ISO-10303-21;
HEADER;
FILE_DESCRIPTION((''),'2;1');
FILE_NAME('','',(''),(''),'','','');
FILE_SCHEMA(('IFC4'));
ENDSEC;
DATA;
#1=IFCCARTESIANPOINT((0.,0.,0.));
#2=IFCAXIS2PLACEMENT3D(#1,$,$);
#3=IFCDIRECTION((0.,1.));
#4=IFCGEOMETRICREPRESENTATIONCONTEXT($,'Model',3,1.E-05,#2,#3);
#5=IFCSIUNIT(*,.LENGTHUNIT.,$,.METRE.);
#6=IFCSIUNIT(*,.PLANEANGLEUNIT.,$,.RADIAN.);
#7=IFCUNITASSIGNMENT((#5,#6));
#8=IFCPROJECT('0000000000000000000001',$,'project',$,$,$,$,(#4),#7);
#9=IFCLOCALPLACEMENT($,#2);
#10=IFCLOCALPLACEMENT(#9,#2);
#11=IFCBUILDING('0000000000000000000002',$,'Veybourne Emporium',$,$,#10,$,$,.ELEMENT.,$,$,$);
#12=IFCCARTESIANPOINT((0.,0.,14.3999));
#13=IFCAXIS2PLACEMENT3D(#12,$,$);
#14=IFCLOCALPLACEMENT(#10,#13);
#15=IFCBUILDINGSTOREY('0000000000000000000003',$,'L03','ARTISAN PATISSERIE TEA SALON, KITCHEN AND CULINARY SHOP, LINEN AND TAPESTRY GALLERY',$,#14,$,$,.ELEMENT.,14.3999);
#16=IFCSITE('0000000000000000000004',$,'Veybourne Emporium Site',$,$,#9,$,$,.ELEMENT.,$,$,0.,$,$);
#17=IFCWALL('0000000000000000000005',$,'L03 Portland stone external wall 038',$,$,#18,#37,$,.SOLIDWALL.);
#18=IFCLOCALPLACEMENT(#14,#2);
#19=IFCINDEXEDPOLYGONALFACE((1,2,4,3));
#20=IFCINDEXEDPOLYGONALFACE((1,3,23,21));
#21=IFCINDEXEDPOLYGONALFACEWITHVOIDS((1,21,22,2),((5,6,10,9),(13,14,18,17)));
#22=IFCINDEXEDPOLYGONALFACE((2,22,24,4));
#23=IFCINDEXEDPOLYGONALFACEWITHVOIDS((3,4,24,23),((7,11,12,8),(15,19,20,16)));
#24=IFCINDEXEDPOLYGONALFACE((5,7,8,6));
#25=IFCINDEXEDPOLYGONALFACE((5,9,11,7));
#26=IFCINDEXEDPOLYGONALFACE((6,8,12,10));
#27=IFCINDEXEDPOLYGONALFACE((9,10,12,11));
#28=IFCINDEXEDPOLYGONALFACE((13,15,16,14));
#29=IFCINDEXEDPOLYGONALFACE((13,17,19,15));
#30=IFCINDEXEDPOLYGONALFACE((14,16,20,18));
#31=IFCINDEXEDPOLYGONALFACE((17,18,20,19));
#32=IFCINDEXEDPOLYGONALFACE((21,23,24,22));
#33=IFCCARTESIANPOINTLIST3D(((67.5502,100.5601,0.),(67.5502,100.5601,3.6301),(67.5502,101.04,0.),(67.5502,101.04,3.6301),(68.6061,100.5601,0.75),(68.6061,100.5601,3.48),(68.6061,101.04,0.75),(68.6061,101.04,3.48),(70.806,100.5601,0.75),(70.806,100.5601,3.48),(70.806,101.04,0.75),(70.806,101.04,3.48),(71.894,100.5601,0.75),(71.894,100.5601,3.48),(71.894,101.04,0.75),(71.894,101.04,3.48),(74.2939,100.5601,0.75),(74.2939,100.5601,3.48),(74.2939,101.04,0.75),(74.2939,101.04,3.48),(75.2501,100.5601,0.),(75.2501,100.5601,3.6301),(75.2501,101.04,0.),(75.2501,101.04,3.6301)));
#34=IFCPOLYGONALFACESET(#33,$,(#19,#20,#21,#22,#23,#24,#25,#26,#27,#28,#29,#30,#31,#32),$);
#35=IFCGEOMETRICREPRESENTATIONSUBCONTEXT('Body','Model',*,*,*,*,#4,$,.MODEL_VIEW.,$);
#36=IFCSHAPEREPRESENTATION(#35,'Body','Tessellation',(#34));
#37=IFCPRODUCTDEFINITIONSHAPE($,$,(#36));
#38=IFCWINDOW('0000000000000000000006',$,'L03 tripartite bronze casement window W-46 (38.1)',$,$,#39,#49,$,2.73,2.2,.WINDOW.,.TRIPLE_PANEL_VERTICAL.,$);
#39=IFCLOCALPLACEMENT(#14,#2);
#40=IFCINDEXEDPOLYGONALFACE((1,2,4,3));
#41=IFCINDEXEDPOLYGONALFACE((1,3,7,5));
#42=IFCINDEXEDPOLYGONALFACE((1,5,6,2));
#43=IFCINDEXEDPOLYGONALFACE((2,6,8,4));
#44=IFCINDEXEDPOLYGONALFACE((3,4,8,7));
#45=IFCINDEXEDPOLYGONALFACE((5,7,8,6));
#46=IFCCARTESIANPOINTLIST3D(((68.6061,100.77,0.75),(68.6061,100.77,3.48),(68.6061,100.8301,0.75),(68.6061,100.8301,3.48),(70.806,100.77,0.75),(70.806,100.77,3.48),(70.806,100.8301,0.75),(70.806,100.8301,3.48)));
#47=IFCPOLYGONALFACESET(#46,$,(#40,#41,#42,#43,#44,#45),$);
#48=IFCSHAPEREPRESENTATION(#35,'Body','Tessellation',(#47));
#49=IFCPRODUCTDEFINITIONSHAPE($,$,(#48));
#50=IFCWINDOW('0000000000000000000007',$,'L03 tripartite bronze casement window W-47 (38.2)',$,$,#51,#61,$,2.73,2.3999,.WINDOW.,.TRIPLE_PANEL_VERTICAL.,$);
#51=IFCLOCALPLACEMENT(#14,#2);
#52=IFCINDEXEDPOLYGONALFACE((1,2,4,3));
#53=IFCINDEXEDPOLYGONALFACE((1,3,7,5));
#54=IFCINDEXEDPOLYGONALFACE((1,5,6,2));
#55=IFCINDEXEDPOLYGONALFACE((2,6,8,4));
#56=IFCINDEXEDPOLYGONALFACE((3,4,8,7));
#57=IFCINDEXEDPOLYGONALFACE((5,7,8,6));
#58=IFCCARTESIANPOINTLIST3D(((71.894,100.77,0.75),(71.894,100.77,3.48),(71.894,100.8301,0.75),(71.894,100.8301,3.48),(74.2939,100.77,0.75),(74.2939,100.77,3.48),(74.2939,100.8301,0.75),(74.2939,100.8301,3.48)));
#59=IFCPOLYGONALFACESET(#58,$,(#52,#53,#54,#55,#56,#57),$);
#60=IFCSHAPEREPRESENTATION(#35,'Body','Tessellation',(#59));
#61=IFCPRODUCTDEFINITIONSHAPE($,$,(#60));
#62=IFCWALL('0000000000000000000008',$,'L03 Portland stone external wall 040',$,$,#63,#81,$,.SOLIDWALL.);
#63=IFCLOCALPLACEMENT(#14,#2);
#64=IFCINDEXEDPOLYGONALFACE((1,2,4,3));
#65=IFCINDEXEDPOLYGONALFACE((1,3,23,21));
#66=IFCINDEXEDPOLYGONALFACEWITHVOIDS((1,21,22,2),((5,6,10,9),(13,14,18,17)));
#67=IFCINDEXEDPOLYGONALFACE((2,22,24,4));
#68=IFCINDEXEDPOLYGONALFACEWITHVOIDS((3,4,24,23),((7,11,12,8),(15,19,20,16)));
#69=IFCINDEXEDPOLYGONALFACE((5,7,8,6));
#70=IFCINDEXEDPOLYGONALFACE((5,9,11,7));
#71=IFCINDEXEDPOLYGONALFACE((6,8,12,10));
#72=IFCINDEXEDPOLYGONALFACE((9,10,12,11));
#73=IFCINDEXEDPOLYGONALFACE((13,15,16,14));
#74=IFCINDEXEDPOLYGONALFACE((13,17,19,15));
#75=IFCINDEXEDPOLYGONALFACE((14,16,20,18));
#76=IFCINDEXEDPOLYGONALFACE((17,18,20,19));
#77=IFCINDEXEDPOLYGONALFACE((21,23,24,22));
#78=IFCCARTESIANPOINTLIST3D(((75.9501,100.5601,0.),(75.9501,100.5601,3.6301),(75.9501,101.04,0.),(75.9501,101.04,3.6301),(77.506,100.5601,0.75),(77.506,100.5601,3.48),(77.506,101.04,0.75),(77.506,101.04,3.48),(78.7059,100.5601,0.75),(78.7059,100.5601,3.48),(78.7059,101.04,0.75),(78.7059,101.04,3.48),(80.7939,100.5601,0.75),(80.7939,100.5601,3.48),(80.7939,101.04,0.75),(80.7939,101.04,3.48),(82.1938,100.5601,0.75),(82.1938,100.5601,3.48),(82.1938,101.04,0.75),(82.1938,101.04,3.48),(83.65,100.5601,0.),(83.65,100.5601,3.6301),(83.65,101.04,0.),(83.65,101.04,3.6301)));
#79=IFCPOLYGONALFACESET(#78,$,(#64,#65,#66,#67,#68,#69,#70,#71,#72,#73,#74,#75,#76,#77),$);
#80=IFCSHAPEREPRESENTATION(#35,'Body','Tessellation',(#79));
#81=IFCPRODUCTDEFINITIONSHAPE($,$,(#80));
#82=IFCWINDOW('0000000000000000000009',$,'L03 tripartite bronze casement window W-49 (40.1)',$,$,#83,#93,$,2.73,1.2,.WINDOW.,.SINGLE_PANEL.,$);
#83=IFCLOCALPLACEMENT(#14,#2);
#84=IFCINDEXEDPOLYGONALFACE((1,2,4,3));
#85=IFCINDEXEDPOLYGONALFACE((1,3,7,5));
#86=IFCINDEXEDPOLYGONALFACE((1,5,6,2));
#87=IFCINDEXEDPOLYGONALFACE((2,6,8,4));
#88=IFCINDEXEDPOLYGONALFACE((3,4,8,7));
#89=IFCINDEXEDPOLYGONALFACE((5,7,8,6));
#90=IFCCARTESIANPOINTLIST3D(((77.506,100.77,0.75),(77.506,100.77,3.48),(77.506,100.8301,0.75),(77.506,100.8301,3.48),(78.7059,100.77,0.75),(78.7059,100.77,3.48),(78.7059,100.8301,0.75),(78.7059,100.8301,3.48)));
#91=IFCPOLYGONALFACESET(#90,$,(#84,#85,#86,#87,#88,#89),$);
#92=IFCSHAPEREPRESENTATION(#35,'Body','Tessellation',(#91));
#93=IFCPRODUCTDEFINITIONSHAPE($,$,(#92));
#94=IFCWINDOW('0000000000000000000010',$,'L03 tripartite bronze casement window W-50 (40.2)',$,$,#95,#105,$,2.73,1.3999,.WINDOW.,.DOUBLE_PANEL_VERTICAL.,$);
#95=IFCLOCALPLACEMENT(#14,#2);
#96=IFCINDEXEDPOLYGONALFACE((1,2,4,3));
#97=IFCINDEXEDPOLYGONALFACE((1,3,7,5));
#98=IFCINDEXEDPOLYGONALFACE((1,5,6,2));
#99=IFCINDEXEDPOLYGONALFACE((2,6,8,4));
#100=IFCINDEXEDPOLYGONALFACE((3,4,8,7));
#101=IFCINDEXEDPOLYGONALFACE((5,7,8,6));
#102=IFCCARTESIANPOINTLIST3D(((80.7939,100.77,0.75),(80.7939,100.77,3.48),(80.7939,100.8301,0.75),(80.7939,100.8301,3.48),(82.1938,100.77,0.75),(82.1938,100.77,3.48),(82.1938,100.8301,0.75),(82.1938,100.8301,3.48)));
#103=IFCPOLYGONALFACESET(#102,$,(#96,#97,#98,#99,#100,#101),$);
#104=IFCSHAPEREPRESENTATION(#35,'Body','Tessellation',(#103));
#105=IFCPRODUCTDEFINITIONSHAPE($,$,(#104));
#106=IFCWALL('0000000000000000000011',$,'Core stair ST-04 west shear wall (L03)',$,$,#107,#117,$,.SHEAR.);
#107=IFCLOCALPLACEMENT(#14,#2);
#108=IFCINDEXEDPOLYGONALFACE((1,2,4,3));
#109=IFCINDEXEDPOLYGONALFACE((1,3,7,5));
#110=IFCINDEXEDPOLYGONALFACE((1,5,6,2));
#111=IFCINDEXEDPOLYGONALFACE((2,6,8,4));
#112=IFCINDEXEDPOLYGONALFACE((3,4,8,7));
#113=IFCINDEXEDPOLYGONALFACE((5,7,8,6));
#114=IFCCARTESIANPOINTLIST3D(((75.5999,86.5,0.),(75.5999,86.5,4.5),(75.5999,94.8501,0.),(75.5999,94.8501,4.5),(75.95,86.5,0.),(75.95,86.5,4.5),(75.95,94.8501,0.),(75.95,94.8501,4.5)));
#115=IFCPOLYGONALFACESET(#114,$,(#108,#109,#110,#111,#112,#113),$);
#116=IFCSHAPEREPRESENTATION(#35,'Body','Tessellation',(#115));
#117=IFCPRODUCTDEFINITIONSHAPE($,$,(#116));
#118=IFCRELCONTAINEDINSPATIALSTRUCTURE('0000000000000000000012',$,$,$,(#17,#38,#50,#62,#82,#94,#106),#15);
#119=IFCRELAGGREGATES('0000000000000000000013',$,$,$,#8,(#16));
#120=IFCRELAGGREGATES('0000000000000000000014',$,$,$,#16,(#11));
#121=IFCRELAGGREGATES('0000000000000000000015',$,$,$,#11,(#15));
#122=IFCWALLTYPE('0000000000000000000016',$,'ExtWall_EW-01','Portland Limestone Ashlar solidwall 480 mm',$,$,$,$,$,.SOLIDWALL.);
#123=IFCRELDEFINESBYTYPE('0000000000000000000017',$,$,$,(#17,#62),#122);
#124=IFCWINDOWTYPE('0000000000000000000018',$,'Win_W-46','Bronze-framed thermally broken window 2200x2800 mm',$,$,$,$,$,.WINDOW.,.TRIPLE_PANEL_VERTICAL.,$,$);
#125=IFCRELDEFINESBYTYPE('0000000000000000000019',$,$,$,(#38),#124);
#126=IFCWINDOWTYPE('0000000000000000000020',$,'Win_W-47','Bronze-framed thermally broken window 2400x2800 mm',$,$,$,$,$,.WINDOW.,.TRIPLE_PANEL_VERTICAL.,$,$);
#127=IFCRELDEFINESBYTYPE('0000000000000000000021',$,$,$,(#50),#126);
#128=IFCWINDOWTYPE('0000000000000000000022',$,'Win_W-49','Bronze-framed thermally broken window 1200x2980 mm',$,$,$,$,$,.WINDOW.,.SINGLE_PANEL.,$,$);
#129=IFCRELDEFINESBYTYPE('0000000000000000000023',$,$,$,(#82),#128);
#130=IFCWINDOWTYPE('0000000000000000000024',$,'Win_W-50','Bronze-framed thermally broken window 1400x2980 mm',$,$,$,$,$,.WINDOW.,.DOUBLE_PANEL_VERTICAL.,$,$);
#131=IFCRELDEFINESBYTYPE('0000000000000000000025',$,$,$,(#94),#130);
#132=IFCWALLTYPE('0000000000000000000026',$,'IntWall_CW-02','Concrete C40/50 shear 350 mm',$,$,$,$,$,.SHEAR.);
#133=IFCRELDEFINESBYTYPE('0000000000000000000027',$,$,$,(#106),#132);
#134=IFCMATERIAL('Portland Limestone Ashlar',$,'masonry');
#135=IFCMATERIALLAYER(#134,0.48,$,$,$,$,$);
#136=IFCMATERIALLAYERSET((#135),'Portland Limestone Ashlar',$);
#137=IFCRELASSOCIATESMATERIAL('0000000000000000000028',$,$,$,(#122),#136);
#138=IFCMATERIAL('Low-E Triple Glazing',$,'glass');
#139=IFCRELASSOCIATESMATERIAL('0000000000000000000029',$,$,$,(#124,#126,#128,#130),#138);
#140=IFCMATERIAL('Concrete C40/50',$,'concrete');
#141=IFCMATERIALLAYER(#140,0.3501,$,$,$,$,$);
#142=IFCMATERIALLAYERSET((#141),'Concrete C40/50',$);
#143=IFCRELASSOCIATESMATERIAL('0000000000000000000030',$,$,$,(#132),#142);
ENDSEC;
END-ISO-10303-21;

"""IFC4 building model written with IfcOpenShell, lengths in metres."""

from ifc_helpers import new_model, si_unit, direction, frame, frame_2d, origin, place, context, subcontext, project, spatial, rectangle, extrude, material, layer, layer_set, type_object, element, fill, save


model = new_model("IFC4")

# Units and contexts
model_context = context("Model", 3, precision=1e-05, world=origin(), true_north=direction((0.0, 1.0)))
body_context = subcontext(model_context, "Body", "Model", "MODEL_VIEW")
ifc_project = project(units=[si_unit("LENGTHUNIT", "METRE"), si_unit("PLANEANGLEUNIT", "RADIAN")], contexts=[model_context])

# Site, building, storey
site_placement = place(None, origin())
site = spatial("IfcSite", under=ifc_project, at=site_placement, Name="Veybourne Emporium Site", CompositionType="ELEMENT", RefElevation=0.0)
building_placement = place(site_placement, origin())
building = spatial("IfcBuilding", under=site, at=building_placement, Name="Veybourne Emporium", CompositionType="ELEMENT")
storey_placement = place(building_placement, frame((0.0, 0.0, 14.3999)))
storey = spatial("IfcBuildingStorey", under=building, at=storey_placement, Name="L03", Description="ARTISAN PATISSERIE TEA SALON, KITCHEN AND CULINARY SHOP, LINEN AND TAPESTRY GALLERY", CompositionType="ELEMENT", Elevation=14.3999)

# Shared definitions
ifc_material_1 = material(Name="Concrete C40/50", Category="concrete")

# Shared definitions
ifc_material_2 = material(Name="Low-E Triple Glazing", Category="glass")

# Walls, openings, windows
ifc_material_3 = material(Name="Portland Limestone Ashlar", Category="masonry")
ifc_layer_1 = layer(ifc_material_3, 0.48)
ifc_layer_set_1 = layer_set([ifc_layer_1], Name="Portland Limestone Ashlar")
wall_type_1 = type_object("IfcWallType", Name="ExtWall_EW-01", Description="Portland Limestone Ashlar solidwall 480 mm", PredefinedType="SOLIDWALL", material=ifc_layer_set_1)
wall_1_placement = place(storey_placement, frame((67.55, 100.8, 0.0), z_axis=(0.0, 0.0, 1.0), x_axis=(1.0, 0.0, 0.0)))
wall_1 = element("IfcWall", 1, at=wall_1_placement, inside=storey, type_object=wall_type_1, Name="L03 Portland stone external wall 038", PredefinedType="SOLIDWALL", context=body_context, shape_type="SweptSolid", body=[
    extrude(rectangle(XDim=7.7, YDim=0.48, at=frame_2d((3.8501, 0.0))), origin(), (0.0, 0.0, 1.0), 3.6301),
])
opening_1_placement = place(wall_1_placement, frame((1.0559, 0.0, 0.75)))
opening_1 = element("IfcOpeningElement", 2, at=opening_1_placement, cuts=wall_1, PredefinedType="OPENING", context=body_context, shape_type="SweptSolid", body=[
    extrude(rectangle(XDim=2.2, YDim=2.73, at=frame_2d((1.1001, 1.365))), frame((0.0, 0.26, 0.0), z_axis=(0.0, -1.0, 0.0), x_axis=(1.0, 0.0, 0.0)), (0.0, 0.0, 1.0), 0.52),
])
opening_2_placement = place(wall_1_placement, frame((4.344, 0.0, 0.75)))
opening_2 = element("IfcOpeningElement", 3, at=opening_2_placement, cuts=wall_1, PredefinedType="OPENING", context=body_context, shape_type="SweptSolid", body=[
    extrude(rectangle(XDim=2.3999, YDim=2.73, at=frame_2d((1.2, 1.365))), frame((0.0, 0.26, 0.0), z_axis=(0.0, -1.0, 0.0), x_axis=(1.0, 0.0, 0.0)), (0.0, 0.0, 1.0), 0.52),
])
window_type_1 = type_object("IfcWindowType", Name="Win_W-46", Description="Bronze-framed thermally broken window 2200x2800 mm", PartitioningType="TRIPLE_PANEL_VERTICAL", PredefinedType="WINDOW", material=ifc_material_2)
window_1_placement = place(opening_1_placement, origin())
window_1 = element("IfcWindow", 4, at=window_1_placement, inside=storey, type_object=window_type_1, Name="L03 tripartite bronze casement window W-46 (38.1)", OverallHeight=2.73, OverallWidth=2.2, PartitioningType="TRIPLE_PANEL_VERTICAL", PredefinedType="WINDOW", context=body_context, shape_type="SweptSolid", body=[
    extrude(rectangle(XDim=2.2, YDim=2.73, at=frame_2d((1.1001, 1.365))), frame((0.0, 0.03, 0.0), z_axis=(0.0, -1.0, 0.0), x_axis=(1.0, 0.0, 0.0)), (0.0, 0.0, 1.0), 0.0601),
])
fill(opening_1, window_1)
window_type_2 = type_object("IfcWindowType", Name="Win_W-47", Description="Bronze-framed thermally broken window 2400x2800 mm", PartitioningType="TRIPLE_PANEL_VERTICAL", PredefinedType="WINDOW", material=ifc_material_2)
window_2_placement = place(opening_2_placement, origin())
window_2 = element("IfcWindow", 5, at=window_2_placement, inside=storey, type_object=window_type_2, Name="L03 tripartite bronze casement window W-47 (38.2)", OverallHeight=2.73, OverallWidth=2.3999, PartitioningType="TRIPLE_PANEL_VERTICAL", PredefinedType="WINDOW", context=body_context, shape_type="SweptSolid", body=[
    extrude(rectangle(XDim=2.3999, YDim=2.73, at=frame_2d((1.2, 1.365))), frame((0.0, 0.03, 0.0), z_axis=(0.0, -1.0, 0.0), x_axis=(1.0, 0.0, 0.0)), (0.0, 0.0, 1.0), 0.0601),
])
fill(opening_2, window_2)
wall_2_placement = place(storey_placement, frame((75.95, 100.8, 0.0), z_axis=(0.0, 0.0, 1.0), x_axis=(1.0, 0.0, 0.0)))
wall_2 = element("IfcWall", 6, at=wall_2_placement, inside=storey, type_object=wall_type_1, Name="L03 Portland stone external wall 040", PredefinedType="SOLIDWALL", context=body_context, shape_type="SweptSolid", body=[
    extrude(rectangle(XDim=7.7, YDim=0.48, at=frame_2d((3.8501, 0.0))), origin(), (0.0, 0.0, 1.0), 3.6301),
])
opening_3_placement = place(wall_2_placement, frame((1.5559, 0.0, 0.75)))
opening_3 = element("IfcOpeningElement", 7, at=opening_3_placement, cuts=wall_2, PredefinedType="OPENING", context=body_context, shape_type="SweptSolid", body=[
    extrude(rectangle(XDim=1.2, YDim=2.73, at=frame_2d((0.6001, 1.365))), frame((0.0, 0.26, 0.0), z_axis=(0.0, -1.0, 0.0), x_axis=(1.0, 0.0, 0.0)), (0.0, 0.0, 1.0), 0.52),
])
opening_4_placement = place(wall_2_placement, frame((4.844, 0.0, 0.75)))
opening_4 = element("IfcOpeningElement", 8, at=opening_4_placement, cuts=wall_2, PredefinedType="OPENING", context=body_context, shape_type="SweptSolid", body=[
    extrude(rectangle(XDim=1.3999, YDim=2.73, at=frame_2d((0.7, 1.365))), frame((0.0, 0.26, 0.0), z_axis=(0.0, -1.0, 0.0), x_axis=(1.0, 0.0, 0.0)), (0.0, 0.0, 1.0), 0.52),
])
window_type_3 = type_object("IfcWindowType", Name="Win_W-49", Description="Bronze-framed thermally broken window 1200x2980 mm", PartitioningType="SINGLE_PANEL", PredefinedType="WINDOW", material=ifc_material_2)
window_3_placement = place(opening_3_placement, origin())
window_3 = element("IfcWindow", 9, at=window_3_placement, inside=storey, type_object=window_type_3, Name="L03 tripartite bronze casement window W-49 (40.1)", OverallHeight=2.73, OverallWidth=1.2, PartitioningType="SINGLE_PANEL", PredefinedType="WINDOW", context=body_context, shape_type="SweptSolid", body=[
    extrude(rectangle(XDim=1.2, YDim=2.73, at=frame_2d((0.6001, 1.365))), frame((0.0, 0.03, 0.0), z_axis=(0.0, -1.0, 0.0), x_axis=(1.0, 0.0, 0.0)), (0.0, 0.0, 1.0), 0.0601),
])
fill(opening_3, window_3)
window_type_4 = type_object("IfcWindowType", Name="Win_W-50", Description="Bronze-framed thermally broken window 1400x2980 mm", PartitioningType="DOUBLE_PANEL_VERTICAL", PredefinedType="WINDOW", material=ifc_material_2)
window_4_placement = place(opening_4_placement, origin())
window_4 = element("IfcWindow", 10, at=window_4_placement, inside=storey, type_object=window_type_4, Name="L03 tripartite bronze casement window W-50 (40.2)", OverallHeight=2.73, OverallWidth=1.3999, PartitioningType="DOUBLE_PANEL_VERTICAL", PredefinedType="WINDOW", context=body_context, shape_type="SweptSolid", body=[
    extrude(rectangle(XDim=1.3999, YDim=2.73, at=frame_2d((0.7, 1.365))), frame((0.0, 0.03, 0.0), z_axis=(0.0, -1.0, 0.0), x_axis=(1.0, 0.0, 0.0)), (0.0, 0.0, 1.0), 0.0601),
])
fill(opening_4, window_4)

# Wall
ifc_layer_2 = layer(ifc_material_1, 0.3501)
ifc_layer_set_2 = layer_set([ifc_layer_2], Name="Concrete C40/50")
wall_type_2 = type_object("IfcWallType", Name="IntWall_CW-02", Description="Concrete C40/50 shear 350 mm", PredefinedType="SHEAR", material=ifc_layer_set_2)
wall_3_placement = place(storey_placement, frame((75.7749, 94.8501, 0.0), z_axis=(0.0, 0.0, 1.0), x_axis=(0.0, -1.0, 0.0)))
element("IfcWall", 11, at=wall_3_placement, inside=storey, type_object=wall_type_2, Name="Core stair ST-04 west shear wall (L03)", PredefinedType="SHEAR", context=body_context, shape_type="SweptSolid", body=[
    extrude(rectangle(XDim=8.3501, YDim=0.3501, at=frame_2d((4.175, 0.0))), origin(), (0.0, 0.0, 1.0), 4.5),
])

save(model, "model.ifc")
